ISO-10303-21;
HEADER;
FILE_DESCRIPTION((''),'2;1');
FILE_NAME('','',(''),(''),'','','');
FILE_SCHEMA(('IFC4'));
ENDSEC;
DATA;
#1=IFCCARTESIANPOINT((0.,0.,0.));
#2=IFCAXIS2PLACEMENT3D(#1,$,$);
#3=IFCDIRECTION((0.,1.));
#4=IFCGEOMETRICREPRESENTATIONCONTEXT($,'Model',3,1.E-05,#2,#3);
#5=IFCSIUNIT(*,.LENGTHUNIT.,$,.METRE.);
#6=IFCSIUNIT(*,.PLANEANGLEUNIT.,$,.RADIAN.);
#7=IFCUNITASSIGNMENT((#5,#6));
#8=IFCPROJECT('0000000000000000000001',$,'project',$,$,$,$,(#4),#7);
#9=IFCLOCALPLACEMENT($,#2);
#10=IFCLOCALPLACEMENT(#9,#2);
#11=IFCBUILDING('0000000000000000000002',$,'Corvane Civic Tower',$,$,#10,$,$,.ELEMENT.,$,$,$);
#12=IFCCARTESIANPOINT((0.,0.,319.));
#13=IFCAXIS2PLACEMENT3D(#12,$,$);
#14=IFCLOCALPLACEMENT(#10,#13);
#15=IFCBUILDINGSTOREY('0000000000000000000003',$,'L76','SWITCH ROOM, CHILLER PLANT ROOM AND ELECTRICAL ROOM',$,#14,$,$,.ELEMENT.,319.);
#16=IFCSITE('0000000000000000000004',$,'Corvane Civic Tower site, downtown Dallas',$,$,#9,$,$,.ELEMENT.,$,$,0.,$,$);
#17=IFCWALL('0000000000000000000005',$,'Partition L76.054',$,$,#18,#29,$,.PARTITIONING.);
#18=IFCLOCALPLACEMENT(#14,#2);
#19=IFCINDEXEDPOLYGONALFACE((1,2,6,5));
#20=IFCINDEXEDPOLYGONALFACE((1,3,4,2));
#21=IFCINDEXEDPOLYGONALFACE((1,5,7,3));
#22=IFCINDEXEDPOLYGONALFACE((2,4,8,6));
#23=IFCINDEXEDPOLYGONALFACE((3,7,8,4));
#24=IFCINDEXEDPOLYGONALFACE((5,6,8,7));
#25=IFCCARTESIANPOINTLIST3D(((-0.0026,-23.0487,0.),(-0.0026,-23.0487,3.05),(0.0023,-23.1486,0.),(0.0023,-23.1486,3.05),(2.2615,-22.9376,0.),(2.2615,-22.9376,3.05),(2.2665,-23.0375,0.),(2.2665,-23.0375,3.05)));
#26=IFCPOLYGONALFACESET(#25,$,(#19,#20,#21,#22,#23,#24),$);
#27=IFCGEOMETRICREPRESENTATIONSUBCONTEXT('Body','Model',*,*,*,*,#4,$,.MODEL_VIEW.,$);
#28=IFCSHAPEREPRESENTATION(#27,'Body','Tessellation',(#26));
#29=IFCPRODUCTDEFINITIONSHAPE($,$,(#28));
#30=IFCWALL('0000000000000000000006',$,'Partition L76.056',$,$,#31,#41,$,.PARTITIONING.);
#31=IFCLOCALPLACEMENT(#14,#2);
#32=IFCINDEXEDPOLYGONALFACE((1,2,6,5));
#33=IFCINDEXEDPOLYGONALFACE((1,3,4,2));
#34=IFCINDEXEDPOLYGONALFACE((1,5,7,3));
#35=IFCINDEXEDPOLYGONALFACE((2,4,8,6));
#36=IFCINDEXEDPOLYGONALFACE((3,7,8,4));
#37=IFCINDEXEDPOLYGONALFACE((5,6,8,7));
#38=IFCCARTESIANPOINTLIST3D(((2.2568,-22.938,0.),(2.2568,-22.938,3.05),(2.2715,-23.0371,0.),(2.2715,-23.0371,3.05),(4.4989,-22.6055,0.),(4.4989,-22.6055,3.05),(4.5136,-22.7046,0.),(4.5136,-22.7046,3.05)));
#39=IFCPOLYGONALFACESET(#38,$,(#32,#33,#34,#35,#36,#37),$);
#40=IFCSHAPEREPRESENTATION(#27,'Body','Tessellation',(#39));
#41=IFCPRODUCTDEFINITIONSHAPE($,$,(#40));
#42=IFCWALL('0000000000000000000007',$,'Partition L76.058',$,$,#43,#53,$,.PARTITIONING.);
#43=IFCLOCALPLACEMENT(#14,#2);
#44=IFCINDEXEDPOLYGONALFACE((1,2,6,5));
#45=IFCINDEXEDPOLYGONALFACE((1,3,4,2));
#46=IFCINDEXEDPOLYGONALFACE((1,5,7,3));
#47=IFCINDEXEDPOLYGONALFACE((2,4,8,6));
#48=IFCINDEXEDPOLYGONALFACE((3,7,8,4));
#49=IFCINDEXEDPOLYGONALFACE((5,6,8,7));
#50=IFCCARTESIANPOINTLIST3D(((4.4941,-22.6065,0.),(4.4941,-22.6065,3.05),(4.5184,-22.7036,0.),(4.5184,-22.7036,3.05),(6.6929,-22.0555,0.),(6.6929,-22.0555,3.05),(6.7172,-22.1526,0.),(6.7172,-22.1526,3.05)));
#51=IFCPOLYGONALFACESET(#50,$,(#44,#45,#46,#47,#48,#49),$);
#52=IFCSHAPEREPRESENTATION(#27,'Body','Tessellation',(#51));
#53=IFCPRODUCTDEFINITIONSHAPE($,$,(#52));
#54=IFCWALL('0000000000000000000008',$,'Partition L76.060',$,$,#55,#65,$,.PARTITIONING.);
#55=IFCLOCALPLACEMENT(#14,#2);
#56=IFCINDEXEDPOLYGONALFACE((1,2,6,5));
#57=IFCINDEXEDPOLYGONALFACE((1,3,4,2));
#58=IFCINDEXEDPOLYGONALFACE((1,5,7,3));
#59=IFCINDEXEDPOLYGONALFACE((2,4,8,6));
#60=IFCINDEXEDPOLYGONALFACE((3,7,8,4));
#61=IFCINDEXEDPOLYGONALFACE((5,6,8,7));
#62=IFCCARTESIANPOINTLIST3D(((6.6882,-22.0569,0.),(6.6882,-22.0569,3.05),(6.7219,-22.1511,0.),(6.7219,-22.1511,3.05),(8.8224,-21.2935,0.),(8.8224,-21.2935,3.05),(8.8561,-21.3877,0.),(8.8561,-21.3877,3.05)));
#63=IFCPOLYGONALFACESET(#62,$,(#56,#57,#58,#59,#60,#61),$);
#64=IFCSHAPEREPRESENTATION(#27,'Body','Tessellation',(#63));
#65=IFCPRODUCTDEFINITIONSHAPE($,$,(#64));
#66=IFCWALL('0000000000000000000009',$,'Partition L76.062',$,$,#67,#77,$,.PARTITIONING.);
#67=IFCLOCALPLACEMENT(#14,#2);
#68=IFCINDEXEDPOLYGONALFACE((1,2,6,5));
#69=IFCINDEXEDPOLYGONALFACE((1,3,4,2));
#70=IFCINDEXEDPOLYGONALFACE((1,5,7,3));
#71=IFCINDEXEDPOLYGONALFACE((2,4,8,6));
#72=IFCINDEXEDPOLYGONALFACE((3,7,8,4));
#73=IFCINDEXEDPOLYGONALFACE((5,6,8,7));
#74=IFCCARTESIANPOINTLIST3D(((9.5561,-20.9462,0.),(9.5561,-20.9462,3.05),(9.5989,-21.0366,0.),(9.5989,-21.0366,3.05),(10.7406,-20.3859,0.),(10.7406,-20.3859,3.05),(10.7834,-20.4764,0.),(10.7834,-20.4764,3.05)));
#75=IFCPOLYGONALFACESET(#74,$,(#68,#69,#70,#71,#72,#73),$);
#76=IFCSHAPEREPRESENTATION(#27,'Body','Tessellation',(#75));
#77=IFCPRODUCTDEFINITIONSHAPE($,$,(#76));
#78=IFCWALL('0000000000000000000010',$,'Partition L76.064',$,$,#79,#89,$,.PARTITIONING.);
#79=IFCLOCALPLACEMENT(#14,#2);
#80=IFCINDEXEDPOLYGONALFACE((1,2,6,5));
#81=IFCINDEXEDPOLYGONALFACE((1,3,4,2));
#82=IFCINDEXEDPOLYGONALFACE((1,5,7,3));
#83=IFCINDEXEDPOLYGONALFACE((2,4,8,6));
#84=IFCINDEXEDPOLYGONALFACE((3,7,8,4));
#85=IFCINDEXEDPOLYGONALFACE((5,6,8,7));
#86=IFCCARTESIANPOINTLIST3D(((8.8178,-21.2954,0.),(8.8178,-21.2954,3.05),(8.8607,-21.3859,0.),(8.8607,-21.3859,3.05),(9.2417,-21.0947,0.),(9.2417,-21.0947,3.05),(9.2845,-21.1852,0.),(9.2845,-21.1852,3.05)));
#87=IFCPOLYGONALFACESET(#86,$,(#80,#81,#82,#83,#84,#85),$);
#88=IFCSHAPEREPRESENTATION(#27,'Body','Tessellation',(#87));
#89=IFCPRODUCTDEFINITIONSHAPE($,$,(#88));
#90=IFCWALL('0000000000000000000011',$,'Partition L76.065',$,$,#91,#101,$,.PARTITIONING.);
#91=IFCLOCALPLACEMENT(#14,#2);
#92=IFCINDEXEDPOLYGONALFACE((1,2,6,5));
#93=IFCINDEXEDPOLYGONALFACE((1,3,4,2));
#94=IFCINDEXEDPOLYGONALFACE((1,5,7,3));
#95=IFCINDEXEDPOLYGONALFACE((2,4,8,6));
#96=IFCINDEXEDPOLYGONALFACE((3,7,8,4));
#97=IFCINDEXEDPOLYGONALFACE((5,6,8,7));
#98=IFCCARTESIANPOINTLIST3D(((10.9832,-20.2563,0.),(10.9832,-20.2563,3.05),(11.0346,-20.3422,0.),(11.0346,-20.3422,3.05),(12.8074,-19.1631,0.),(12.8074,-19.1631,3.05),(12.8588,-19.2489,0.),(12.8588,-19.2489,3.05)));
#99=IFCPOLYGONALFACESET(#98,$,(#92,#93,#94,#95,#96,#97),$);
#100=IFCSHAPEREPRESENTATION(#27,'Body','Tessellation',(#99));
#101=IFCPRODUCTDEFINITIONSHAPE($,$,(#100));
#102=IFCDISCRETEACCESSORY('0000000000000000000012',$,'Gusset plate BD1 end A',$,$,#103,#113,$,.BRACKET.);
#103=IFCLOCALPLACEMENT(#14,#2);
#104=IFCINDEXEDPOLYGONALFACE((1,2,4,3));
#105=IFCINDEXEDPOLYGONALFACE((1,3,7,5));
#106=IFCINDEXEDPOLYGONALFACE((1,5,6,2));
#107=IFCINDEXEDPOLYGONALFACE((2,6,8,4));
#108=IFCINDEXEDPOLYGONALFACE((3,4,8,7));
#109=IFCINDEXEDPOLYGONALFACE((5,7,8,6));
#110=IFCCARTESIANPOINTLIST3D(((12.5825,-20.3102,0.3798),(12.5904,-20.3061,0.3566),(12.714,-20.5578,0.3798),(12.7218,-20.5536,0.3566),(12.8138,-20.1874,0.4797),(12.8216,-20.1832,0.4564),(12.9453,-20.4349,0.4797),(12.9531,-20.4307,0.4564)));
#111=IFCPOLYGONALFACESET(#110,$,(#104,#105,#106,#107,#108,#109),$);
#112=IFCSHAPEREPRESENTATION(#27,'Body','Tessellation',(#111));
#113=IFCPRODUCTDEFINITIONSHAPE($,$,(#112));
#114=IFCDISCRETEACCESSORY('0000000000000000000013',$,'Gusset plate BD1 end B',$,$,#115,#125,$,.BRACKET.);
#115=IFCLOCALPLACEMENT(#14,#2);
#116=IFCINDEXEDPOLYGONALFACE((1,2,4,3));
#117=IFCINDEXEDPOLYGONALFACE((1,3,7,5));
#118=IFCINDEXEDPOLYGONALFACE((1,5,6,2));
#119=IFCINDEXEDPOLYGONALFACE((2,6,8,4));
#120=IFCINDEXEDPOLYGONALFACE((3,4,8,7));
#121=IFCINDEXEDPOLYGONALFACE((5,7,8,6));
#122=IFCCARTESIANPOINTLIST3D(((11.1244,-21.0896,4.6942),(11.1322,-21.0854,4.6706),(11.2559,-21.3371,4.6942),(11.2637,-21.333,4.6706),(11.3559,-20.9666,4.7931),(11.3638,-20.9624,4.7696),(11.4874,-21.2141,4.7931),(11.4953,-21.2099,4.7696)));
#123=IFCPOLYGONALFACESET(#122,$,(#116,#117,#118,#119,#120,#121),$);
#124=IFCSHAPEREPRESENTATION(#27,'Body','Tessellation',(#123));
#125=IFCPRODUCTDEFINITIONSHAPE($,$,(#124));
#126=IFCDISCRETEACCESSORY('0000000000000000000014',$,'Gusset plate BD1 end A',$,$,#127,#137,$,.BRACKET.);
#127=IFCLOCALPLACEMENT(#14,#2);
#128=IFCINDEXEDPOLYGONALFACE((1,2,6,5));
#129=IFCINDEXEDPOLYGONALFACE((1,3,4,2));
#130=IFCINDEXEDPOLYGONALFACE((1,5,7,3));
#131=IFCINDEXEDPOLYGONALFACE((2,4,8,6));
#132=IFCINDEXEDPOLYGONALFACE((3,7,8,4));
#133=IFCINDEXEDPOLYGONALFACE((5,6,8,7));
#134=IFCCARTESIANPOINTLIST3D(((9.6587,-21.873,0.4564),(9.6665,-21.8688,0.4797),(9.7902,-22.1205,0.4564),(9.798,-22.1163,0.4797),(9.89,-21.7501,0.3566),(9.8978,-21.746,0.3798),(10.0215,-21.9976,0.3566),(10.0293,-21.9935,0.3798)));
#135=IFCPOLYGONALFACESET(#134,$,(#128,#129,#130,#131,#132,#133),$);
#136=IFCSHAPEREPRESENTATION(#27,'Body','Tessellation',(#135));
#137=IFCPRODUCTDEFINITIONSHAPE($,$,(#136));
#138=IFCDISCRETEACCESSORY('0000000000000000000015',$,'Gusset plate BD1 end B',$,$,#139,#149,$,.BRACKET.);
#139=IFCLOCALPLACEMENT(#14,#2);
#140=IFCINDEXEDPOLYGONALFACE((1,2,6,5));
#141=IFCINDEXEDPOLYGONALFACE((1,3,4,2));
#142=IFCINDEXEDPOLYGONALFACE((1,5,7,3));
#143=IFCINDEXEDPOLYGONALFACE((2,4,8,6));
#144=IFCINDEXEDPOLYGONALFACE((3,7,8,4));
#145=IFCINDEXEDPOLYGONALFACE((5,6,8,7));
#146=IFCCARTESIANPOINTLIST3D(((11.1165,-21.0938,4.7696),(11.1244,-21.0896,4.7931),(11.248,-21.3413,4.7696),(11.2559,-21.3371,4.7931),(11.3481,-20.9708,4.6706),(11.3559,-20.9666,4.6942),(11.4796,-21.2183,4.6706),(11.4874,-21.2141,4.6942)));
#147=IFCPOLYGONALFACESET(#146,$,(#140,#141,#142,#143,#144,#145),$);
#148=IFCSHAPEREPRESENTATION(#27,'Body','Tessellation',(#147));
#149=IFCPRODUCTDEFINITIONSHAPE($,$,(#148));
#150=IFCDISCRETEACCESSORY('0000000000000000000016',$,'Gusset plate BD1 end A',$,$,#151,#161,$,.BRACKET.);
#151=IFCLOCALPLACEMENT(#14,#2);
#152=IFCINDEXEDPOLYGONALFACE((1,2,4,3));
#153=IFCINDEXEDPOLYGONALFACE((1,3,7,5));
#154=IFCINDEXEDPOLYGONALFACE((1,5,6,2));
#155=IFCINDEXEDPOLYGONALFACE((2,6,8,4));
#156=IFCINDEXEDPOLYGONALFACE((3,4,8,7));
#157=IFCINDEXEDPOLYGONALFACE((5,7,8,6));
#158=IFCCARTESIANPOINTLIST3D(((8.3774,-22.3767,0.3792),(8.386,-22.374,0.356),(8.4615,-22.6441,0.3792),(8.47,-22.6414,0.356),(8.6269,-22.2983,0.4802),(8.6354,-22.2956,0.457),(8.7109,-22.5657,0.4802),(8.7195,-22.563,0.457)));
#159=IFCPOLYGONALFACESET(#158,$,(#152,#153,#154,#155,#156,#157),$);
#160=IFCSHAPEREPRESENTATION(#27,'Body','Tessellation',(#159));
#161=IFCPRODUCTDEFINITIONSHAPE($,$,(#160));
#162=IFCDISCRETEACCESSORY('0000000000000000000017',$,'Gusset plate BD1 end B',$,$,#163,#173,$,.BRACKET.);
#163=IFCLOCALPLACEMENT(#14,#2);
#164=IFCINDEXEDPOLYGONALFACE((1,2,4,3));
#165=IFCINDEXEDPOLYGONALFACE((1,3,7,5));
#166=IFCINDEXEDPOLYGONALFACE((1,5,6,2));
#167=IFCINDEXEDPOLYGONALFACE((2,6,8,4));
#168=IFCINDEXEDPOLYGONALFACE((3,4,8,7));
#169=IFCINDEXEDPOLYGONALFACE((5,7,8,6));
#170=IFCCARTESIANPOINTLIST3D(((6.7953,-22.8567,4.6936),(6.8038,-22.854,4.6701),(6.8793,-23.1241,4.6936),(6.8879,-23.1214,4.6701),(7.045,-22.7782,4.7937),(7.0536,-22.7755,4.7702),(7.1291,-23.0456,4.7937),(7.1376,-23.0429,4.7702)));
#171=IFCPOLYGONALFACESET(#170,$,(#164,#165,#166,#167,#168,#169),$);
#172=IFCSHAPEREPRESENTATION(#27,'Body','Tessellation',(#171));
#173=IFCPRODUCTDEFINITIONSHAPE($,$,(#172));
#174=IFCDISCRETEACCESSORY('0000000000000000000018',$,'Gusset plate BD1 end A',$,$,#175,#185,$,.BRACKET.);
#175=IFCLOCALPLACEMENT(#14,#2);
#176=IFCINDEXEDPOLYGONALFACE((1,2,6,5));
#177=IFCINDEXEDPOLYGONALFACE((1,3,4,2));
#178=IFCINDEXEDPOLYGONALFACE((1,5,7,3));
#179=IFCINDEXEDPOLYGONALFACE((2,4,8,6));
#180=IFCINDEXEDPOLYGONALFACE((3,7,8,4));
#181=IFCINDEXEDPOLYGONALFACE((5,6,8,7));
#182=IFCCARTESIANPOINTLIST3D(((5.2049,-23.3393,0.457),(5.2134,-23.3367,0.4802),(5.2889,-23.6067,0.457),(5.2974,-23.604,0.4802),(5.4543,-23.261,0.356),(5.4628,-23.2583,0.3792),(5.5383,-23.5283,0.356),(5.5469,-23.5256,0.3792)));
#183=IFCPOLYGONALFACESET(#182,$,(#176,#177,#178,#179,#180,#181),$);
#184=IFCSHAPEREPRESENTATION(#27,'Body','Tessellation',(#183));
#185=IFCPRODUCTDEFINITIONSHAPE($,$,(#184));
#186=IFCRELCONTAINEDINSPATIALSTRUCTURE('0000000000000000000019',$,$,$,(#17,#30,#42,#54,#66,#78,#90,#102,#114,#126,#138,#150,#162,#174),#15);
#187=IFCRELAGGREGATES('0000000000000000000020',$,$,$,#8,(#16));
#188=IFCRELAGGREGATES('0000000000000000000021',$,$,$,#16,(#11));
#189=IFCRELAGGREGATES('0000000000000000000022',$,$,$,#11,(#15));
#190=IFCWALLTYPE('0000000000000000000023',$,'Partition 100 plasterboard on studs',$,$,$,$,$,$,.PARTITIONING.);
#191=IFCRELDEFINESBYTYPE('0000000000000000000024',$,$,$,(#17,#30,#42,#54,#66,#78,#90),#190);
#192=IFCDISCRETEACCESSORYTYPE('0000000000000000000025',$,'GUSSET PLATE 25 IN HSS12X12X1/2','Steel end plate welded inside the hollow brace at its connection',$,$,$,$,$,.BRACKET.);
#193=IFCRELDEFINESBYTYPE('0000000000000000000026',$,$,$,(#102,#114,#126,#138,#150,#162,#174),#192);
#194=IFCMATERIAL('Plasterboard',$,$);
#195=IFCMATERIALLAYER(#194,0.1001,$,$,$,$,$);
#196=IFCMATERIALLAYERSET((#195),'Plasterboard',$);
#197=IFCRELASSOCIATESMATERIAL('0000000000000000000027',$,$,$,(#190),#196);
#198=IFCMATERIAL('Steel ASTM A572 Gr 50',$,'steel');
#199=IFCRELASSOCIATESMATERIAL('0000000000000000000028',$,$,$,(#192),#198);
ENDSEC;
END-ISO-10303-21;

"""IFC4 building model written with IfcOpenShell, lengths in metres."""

from ifc_helpers import new_model, si_unit, direction, frame, frame_2d, origin, origin_2d, place, context, subcontext, project, spatial, rectangle, extrude, material, layer, layer_set, material_profile, profile_set, type_object, element, save


model = new_model("IFC4")

# Units and contexts
model_context = context("Model", 3, precision=1e-05, world=origin(), true_north=direction((0.0, 1.0)))
body_context = subcontext(model_context, "Body", "Model", "MODEL_VIEW")
ifc_project = project(units=[si_unit("LENGTHUNIT", "METRE"), si_unit("PLANEANGLEUNIT", "RADIAN")], contexts=[model_context])

# Site, building, storey
site_placement = place(None, origin())
site = spatial("IfcSite", under=ifc_project, at=site_placement, Name="Corvane Civic Tower site, downtown Dallas", CompositionType="ELEMENT", RefElevation=0.0)
building_placement = place(site_placement, origin())
building = spatial("IfcBuilding", under=site, at=building_placement, Name="Corvane Civic Tower", CompositionType="ELEMENT")
storey_placement = place(building_placement, frame((0.0, 0.0, 319.0)))
storey = spatial("IfcBuildingStorey", under=building, at=storey_placement, Name="L76", Description="SWITCH ROOM, CHILLER PLANT ROOM AND ELECTRICAL ROOM", CompositionType="ELEMENT", Elevation=319.0)

# Walls
ifc_material_1 = material(Name="Plasterboard")
ifc_layer = layer(ifc_material_1, 0.1001)
ifc_layer_set = layer_set([ifc_layer], Name="Plasterboard")
wall_type = type_object("IfcWallType", Name="Partition 100 plasterboard on studs", PredefinedType="PARTITIONING", material=ifc_layer_set)
wall_1_placement = place(storey_placement, frame((0.0, -23.0986, 0.0), z_axis=(0.0, 0.0, 1.0), x_axis=(0.998799, 0.049003, 0.0)))
element("IfcWall", 1, at=wall_1_placement, inside=storey, type_object=wall_type, Name="Partition L76.054", PredefinedType="PARTITIONING", context=body_context, shape_type="SweptSolid", body=[
    extrude(rectangle(XDim=2.2668, YDim=0.1001, at=frame_2d((1.1333, 0.0))), origin(), (0.0, 0.0, 1.0), 3.05),
])
wall_2_placement = place(storey_placement, frame((2.2642, -22.9875, 0.0), z_axis=(0.0, 0.0, 1.0), x_axis=(0.989181, 0.146697, 0.0)))
element("IfcWall", 2, at=wall_2_placement, inside=storey, type_object=wall_type, Name="Partition L76.056", PredefinedType="PARTITIONING", context=body_context, shape_type="SweptSolid", body=[
    extrude(rectangle(XDim=2.2666, YDim=0.1001, at=frame_2d((1.1333, 0.0))), origin(), (0.0, 0.0, 1.0), 3.05),
])
wall_3_placement = place(storey_placement, frame((4.5063, -22.655, 0.0), z_axis=(0.0, 0.0, 1.0), x_axis=(0.970003, 0.243093, 0.0)))
element("IfcWall", 3, at=wall_3_placement, inside=storey, type_object=wall_type, Name="Partition L76.058", PredefinedType="PARTITIONING", context=body_context, shape_type="SweptSolid", body=[
    extrude(rectangle(XDim=2.2668, YDim=0.1001, at=frame_2d((1.1333, 0.0))), origin(), (0.0, 0.0, 1.0), 3.05),
])
wall_4_placement = place(storey_placement, frame((6.7051, -22.104, 0.0), z_axis=(0.0, 0.0, 1.0), x_axis=(0.941576, 0.3368, 0.0)))
element("IfcWall", 4, at=wall_4_placement, inside=storey, type_object=wall_type, Name="Partition L76.060", PredefinedType="PARTITIONING", context=body_context, shape_type="SweptSolid", body=[
    extrude(rectangle(XDim=2.2666, YDim=0.1001, at=frame_2d((1.1333, 0.0))), origin(), (0.0, 0.0, 1.0), 3.05),
])
wall_5_placement = place(storey_placement, frame((9.5774, -20.9915, 0.0), z_axis=(0.0, 0.0, 1.0), x_axis=(0.903977, 0.427582, 0.0)))
element("IfcWall", 5, at=wall_5_placement, inside=storey, type_object=wall_type, Name="Partition L76.062", PredefinedType="PARTITIONING", context=body_context, shape_type="SweptSolid", body=[
    extrude(rectangle(XDim=1.3103, YDim=0.1001, at=frame_2d((0.6553, 0.0))), origin(), (0.0, 0.0, 1.0), 3.05),
])
wall_6_placement = place(storey_placement, frame((8.8394, -21.3406, 0.0), z_axis=(0.0, 0.0, 1.0), x_axis=(0.903801, 0.427952, 0.0)))
element("IfcWall", 6, at=wall_6_placement, inside=storey, type_object=wall_type, Name="Partition L76.064", PredefinedType="PARTITIONING", context=body_context, shape_type="SweptSolid", body=[
    extrude(rectangle(XDim=0.469, YDim=0.1001, at=frame_2d((0.2344, 0.0))), origin(), (0.0, 0.0, 1.0), 3.05),
])
wall_7_placement = place(storey_placement, frame((11.0088, -20.2993, 0.0), z_axis=(0.0, 0.0, 1.0), x_axis=(0.857756, 0.514057, 0.0)))
element("IfcWall", 7, at=wall_7_placement, inside=storey, type_object=wall_type, Name="Partition L76.065", PredefinedType="PARTITIONING", context=body_context, shape_type="SweptSolid", body=[
    extrude(rectangle(XDim=2.1267, YDim=0.1001, at=frame_2d((1.0635, 0.0))), origin(), (0.0, 0.0, 1.0), 3.05),
])

# Discrete accessories
ifc_material_2 = material(Name="Steel ASTM A572 Gr 50", Category="steel")
ifc_material_profile_1 = material_profile(ifc_material_2, rectangle(XDim=0.2803, YDim=0.2803, at=origin_2d()), Name="GUSSET PLATE 25 IN HSS12X12X1/2")
ifc_profile_set_1 = profile_set([ifc_material_profile_1], Name="Steel ASTM A572 Gr 50")
discrete_accessory_type = type_object("IfcDiscreteAccessoryType", Name="GUSSET PLATE 25 IN HSS12X12X1/2", Description="Steel end plate welded inside the hollow brace at its connection", PredefinedType="BRACKET", material=ifc_profile_set_1)
discrete_accessory_1_placement = place(storey_placement, frame((12.7717, -20.3684, 0.4065), z_axis=(-0.314725, -0.167198, 0.934341), x_axis=(0.469155, -0.883116, 0.0)))
element("IfcDiscreteAccessory", 8, at=discrete_accessory_1_placement, inside=storey, type_object=discrete_accessory_type, Name="Gusset plate BD1 end A", PredefinedType="BRACKET", context=body_context, shape_type="SweptSolid", body=[
    extrude(rectangle(XDim=0.2803, YDim=0.2803, at=origin_2d()), origin(), (0.0, 0.0, 1.0), 0.0249),
])
discrete_accessory_2_placement = place(storey_placement, frame((11.3059, -21.1519, 4.7437), z_axis=(0.311858, 0.165674, -0.935573), x_axis=(-0.469155, 0.883116, 0.0)))
element("IfcDiscreteAccessory", 9, at=discrete_accessory_2_placement, inside=storey, type_object=discrete_accessory_type, Name="Gusset plate BD1 end B", PredefinedType="BRACKET", context=body_context, shape_type="SweptSolid", body=[
    extrude(rectangle(XDim=0.2803, YDim=0.2803, at=origin_2d()), origin(), (0.0, 0.0, 1.0), 0.0251),
])
discrete_accessory_3_placement = place(storey_placement, frame((9.8401, -21.9353, 0.4065), z_axis=(0.314725, 0.167198, 0.934341), x_axis=(-0.469155, 0.883116, 0.0)))
element("IfcDiscreteAccessory", 10, at=discrete_accessory_3_placement, inside=storey, type_object=discrete_accessory_type, Name="Gusset plate BD1 end A", PredefinedType="BRACKET", context=body_context, shape_type="SweptSolid", body=[
    extrude(rectangle(XDim=0.2803, YDim=0.2803, at=origin_2d()), origin(), (0.0, 0.0, 1.0), 0.0249),
])
discrete_accessory_4_placement = place(storey_placement, frame((11.3059, -21.1519, 4.7437), z_axis=(-0.311858, -0.165674, -0.935573), x_axis=(0.469155, -0.883116, 0.0)))
element("IfcDiscreteAccessory", 11, at=discrete_accessory_4_placement, inside=storey, type_object=discrete_accessory_type, Name="Gusset plate BD1 end B", PredefinedType="BRACKET", context=body_context, shape_type="SweptSolid", body=[
    extrude(rectangle(XDim=0.2803, YDim=0.2803, at=origin_2d()), origin(), (0.0, 0.0, 1.0), 0.0251),
])
discrete_accessory_5_placement = place(storey_placement, frame((8.5527, -22.4685, 0.4065), z_axis=(-0.343683, -0.108015, 0.932853), x_axis=(0.299827, -0.953994, 0.0)))
element("IfcDiscreteAccessory", 12, at=discrete_accessory_5_placement, inside=storey, type_object=discrete_accessory_type, Name="Gusset plate BD1 end A", PredefinedType="BRACKET", context=body_context, shape_type="SweptSolid", body=[
    extrude(rectangle(XDim=0.2803, YDim=0.2803, at=origin_2d()), origin(), (0.0, 0.0, 1.0), 0.0249),
])
discrete_accessory_6_placement = place(storey_placement, frame((6.9622, -22.9512, 4.7437), z_axis=(0.340561, 0.107033, -0.93411), x_axis=(-0.299827, 0.953994, 0.0)))
element("IfcDiscreteAccessory", 13, at=discrete_accessory_6_placement, inside=storey, type_object=discrete_accessory_type, Name="Gusset plate BD1 end B", PredefinedType="BRACKET", context=body_context, shape_type="SweptSolid", body=[
    extrude(rectangle(XDim=0.2803, YDim=0.2803, at=origin_2d()), origin(), (0.0, 0.0, 1.0), 0.0251),
])
discrete_accessory_7_placement = place(storey_placement, frame((5.3716, -23.4338, 0.4065), z_axis=(0.343683, 0.108015, 0.932853), x_axis=(-0.299827, 0.953994, 0.0)))
element("IfcDiscreteAccessory", 14, at=discrete_accessory_7_placement, inside=storey, type_object=discrete_accessory_type, Name="Gusset plate BD1 end A", PredefinedType="BRACKET", context=body_context, shape_type="SweptSolid", body=[
    extrude(rectangle(XDim=0.2803, YDim=0.2803, at=origin_2d()), origin(), (0.0, 0.0, 1.0), 0.0249),
])

save(model, "model.ifc")
